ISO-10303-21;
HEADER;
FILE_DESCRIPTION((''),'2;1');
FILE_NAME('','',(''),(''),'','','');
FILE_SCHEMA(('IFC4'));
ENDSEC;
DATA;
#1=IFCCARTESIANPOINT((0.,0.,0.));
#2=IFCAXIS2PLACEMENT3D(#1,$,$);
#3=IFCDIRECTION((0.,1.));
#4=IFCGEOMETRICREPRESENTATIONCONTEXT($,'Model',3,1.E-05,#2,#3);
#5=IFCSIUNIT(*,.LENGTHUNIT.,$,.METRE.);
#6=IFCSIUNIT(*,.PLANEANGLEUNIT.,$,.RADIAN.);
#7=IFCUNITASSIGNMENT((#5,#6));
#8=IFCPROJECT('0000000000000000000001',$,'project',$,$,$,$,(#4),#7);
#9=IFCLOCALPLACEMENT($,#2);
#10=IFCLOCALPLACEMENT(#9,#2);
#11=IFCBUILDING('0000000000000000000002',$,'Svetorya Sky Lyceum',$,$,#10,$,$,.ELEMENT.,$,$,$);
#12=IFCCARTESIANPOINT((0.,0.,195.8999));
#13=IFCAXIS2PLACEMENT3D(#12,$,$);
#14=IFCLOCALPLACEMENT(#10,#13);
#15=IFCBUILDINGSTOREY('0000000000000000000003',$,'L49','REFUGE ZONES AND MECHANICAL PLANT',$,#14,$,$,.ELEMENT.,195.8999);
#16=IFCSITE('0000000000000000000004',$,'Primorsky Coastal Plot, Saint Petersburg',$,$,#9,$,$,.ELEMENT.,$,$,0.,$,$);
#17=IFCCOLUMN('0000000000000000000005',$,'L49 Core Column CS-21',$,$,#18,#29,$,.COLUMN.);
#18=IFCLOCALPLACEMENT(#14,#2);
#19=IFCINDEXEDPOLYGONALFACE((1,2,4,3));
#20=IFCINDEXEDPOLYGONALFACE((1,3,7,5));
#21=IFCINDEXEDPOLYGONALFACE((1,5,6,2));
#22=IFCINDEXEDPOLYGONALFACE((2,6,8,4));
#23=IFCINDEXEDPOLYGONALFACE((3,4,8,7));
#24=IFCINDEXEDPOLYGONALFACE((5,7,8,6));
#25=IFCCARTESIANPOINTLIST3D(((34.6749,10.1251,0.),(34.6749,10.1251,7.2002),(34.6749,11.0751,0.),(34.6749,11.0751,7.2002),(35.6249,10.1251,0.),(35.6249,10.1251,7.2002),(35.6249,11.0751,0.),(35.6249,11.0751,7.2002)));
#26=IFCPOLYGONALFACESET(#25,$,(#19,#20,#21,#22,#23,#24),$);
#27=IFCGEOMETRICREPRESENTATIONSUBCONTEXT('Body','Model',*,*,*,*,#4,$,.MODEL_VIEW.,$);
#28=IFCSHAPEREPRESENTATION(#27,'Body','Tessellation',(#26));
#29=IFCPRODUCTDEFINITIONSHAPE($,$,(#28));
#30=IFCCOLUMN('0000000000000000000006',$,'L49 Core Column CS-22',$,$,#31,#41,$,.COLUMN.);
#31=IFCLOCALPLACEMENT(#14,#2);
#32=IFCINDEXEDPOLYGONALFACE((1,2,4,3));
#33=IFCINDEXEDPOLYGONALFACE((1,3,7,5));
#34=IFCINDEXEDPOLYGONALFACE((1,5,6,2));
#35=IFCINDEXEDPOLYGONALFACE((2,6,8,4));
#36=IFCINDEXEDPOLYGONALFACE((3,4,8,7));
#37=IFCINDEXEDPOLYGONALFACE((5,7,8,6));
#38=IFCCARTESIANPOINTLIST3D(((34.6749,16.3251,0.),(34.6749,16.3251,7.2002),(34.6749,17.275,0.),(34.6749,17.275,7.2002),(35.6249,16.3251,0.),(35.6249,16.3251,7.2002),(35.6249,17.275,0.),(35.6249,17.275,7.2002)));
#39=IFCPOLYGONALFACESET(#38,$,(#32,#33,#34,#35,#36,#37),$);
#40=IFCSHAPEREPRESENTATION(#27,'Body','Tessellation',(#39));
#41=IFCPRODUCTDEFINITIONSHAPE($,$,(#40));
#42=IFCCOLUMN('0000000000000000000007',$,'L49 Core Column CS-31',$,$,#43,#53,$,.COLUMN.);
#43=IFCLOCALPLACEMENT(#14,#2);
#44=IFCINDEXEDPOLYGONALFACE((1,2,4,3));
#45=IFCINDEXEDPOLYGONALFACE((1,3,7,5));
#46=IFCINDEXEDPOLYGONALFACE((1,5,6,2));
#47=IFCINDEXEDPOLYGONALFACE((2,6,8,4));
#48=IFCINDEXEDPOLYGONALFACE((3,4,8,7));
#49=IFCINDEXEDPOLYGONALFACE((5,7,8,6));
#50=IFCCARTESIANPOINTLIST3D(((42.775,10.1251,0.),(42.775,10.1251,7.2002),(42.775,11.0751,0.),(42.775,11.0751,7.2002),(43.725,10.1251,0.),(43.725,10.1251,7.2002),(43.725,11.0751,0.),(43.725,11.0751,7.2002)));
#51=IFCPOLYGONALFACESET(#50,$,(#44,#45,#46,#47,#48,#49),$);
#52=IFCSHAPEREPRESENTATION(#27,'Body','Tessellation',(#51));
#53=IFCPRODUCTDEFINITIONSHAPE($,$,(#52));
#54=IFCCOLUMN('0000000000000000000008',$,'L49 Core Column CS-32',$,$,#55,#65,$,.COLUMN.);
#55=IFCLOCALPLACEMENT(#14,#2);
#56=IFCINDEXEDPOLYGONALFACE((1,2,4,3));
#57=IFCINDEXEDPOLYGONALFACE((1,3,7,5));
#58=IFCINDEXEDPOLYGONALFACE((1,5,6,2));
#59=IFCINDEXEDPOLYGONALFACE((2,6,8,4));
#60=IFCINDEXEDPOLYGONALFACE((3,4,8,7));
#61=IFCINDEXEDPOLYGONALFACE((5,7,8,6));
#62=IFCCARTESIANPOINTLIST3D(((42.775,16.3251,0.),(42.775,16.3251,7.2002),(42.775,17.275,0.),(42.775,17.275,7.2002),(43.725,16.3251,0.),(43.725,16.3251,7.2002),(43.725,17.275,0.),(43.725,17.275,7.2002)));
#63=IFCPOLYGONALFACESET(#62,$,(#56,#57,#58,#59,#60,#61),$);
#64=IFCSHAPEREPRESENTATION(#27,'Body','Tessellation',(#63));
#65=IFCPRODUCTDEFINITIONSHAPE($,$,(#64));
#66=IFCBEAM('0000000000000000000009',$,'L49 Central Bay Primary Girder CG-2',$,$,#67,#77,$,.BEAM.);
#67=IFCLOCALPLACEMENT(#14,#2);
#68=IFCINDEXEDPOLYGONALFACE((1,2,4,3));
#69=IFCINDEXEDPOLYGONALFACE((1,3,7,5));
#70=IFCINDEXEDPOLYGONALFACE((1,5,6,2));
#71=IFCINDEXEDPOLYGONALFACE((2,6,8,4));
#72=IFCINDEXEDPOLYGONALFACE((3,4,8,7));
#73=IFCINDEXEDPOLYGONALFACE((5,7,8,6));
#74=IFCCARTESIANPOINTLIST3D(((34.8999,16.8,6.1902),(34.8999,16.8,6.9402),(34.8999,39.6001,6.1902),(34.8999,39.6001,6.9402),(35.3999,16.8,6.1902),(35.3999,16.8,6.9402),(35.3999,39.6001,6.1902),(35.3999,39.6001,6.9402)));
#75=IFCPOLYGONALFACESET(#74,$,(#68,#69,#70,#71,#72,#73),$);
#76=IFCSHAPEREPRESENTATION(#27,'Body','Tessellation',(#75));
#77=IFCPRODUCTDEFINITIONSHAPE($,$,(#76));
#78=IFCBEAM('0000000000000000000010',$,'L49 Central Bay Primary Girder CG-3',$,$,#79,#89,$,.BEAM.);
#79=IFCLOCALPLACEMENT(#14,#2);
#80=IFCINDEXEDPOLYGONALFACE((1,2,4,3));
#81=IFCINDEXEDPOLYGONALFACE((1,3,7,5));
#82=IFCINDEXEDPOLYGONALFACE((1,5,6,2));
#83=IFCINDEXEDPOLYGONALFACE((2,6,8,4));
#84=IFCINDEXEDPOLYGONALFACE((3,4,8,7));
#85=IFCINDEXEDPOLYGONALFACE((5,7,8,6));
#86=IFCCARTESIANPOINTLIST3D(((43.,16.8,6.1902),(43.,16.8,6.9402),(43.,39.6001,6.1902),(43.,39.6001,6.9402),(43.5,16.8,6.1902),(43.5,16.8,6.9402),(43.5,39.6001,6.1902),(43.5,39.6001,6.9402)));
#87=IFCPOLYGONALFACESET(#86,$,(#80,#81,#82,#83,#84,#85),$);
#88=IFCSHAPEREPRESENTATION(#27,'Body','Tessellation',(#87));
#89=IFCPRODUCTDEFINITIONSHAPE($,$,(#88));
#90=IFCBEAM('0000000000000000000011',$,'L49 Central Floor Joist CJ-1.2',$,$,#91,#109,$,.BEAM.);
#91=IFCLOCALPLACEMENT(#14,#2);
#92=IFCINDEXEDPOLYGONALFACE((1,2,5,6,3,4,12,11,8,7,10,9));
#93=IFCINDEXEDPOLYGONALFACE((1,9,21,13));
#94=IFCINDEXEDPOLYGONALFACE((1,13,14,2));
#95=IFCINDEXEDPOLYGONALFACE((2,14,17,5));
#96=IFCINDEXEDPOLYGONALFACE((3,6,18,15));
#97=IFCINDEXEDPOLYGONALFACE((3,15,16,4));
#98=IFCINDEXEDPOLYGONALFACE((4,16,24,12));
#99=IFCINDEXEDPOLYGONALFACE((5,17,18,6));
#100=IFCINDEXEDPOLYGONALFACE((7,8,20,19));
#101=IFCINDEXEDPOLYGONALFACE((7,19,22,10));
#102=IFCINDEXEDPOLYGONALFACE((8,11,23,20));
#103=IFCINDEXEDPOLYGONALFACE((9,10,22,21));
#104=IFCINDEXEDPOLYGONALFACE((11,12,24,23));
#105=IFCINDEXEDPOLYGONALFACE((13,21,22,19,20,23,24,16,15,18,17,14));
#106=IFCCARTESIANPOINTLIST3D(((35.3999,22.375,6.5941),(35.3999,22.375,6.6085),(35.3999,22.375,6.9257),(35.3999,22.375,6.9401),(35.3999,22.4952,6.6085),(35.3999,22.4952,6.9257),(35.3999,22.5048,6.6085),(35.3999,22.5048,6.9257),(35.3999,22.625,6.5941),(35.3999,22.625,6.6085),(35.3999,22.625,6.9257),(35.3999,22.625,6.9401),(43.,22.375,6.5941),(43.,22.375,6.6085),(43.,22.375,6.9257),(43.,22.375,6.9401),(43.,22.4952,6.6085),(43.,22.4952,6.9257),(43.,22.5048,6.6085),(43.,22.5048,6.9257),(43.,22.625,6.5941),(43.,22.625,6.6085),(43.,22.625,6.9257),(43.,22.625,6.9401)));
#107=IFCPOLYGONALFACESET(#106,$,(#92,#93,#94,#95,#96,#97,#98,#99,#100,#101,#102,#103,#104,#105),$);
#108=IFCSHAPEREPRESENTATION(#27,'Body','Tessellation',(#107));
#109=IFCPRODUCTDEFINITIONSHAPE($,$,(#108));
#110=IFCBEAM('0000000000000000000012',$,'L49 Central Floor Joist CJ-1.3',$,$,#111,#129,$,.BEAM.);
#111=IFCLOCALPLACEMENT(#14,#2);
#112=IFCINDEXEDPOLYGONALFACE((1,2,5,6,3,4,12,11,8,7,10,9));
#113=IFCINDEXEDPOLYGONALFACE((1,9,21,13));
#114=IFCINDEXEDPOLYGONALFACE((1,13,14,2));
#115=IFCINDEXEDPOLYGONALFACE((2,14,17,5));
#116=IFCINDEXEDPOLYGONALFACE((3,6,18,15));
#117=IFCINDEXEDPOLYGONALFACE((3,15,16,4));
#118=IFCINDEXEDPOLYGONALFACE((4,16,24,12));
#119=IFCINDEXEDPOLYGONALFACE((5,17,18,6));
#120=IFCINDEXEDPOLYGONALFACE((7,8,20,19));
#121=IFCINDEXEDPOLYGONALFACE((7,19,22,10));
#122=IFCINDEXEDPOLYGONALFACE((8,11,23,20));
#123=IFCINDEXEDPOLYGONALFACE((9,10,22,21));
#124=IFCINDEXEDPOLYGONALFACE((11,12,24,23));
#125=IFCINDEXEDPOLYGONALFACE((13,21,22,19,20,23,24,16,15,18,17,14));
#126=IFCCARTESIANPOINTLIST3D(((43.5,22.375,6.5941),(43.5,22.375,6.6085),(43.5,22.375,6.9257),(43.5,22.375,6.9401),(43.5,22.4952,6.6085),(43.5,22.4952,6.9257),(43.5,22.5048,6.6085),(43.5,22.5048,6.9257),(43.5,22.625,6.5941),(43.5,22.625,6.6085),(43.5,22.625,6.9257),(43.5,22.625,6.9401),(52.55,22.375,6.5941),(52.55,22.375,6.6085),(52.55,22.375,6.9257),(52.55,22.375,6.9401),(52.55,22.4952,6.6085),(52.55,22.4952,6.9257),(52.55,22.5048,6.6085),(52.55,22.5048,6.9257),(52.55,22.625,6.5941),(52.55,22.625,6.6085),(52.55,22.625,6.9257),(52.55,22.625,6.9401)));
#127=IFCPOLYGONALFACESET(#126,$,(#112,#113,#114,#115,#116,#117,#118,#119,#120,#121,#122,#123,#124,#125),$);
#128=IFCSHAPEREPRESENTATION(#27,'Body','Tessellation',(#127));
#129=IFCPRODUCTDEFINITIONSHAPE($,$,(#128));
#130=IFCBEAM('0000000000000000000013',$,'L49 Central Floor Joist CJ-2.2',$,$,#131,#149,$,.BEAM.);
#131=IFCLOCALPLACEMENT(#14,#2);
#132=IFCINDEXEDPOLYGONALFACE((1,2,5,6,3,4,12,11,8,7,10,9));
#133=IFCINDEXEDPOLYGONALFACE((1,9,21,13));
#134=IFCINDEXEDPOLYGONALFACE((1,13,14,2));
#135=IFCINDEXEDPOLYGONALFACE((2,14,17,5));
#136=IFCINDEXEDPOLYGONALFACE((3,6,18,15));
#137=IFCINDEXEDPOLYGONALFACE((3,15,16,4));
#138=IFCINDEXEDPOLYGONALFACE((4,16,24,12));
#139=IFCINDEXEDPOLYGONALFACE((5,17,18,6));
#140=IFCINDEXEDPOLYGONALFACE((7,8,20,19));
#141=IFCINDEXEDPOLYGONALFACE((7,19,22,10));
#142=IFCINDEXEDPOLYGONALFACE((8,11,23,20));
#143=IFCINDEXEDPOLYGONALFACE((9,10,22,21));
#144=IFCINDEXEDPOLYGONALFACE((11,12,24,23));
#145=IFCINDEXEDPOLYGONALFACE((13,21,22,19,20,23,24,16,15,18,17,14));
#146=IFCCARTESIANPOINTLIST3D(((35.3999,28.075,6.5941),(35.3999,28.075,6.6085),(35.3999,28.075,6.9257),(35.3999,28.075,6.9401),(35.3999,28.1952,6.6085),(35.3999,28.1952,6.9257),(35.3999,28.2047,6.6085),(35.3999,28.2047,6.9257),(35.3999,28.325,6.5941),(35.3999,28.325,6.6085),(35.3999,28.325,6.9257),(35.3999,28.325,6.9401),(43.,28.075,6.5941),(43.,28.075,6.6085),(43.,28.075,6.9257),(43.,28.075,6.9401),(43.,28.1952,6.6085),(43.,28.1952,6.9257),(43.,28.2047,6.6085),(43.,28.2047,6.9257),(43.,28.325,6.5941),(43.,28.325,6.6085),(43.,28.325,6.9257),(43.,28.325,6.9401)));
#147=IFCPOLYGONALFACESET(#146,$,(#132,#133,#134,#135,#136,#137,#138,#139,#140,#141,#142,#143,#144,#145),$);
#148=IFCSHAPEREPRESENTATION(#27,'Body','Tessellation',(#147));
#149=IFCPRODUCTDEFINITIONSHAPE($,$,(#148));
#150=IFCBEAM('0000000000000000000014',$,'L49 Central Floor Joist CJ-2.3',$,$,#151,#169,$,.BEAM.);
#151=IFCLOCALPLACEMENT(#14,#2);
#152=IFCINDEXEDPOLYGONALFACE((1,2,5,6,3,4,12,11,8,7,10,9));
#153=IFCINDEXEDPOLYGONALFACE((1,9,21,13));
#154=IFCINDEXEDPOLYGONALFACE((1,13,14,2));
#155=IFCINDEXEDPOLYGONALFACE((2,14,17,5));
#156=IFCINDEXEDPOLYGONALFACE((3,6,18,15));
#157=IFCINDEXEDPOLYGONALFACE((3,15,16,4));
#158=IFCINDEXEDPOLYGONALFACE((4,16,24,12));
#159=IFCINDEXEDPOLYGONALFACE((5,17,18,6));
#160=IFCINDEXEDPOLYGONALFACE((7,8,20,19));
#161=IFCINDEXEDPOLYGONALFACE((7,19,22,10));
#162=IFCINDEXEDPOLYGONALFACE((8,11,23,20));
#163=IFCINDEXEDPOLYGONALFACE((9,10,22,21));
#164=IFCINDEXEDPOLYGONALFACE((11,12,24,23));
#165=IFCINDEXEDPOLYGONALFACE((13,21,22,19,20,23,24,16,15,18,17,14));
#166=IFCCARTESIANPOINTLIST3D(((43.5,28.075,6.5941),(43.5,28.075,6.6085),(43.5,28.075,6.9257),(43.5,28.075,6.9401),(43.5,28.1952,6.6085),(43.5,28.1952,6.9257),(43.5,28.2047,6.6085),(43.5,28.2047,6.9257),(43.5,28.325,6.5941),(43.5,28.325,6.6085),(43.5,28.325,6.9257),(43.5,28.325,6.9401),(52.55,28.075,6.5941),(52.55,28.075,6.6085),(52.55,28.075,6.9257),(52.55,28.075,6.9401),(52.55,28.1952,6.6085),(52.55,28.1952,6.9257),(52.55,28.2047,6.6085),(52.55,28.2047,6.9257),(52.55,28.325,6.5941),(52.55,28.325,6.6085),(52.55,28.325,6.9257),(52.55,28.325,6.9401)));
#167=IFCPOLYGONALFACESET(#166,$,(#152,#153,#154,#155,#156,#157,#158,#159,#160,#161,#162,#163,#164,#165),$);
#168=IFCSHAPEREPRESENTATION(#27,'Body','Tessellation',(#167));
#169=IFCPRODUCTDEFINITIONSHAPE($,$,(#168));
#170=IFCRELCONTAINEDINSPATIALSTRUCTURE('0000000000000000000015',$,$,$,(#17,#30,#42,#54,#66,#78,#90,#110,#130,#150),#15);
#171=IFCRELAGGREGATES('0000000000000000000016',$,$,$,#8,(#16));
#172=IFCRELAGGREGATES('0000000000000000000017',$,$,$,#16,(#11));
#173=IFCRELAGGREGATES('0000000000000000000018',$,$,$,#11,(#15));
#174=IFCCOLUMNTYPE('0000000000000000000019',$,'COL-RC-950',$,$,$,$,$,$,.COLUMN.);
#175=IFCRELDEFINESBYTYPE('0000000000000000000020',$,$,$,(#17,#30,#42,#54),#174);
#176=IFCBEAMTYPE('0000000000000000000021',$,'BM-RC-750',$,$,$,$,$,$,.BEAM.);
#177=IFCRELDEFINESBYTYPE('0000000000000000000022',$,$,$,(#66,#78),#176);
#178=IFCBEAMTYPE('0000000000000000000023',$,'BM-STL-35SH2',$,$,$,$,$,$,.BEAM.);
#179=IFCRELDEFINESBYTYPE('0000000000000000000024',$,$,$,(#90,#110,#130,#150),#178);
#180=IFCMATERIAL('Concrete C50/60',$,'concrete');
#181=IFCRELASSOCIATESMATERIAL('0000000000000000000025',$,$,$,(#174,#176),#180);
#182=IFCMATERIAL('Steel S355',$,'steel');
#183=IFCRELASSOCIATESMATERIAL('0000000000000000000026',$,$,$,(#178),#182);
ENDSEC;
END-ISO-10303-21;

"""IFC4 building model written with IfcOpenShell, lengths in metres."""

from ifc_helpers import new_model, si_unit, direction, frame, origin, origin_2d, place, context, subcontext, project, spatial, rectangle, i_section, extrude, material, material_profile, profile_set, type_object, element, save


model = new_model("IFC4")

# Units and contexts
model_context = context("Model", 3, precision=1e-05, world=origin(), true_north=direction((0.0, 1.0)))
body_context = subcontext(model_context, "Body", "Model", "MODEL_VIEW")
ifc_project = project(units=[si_unit("LENGTHUNIT", "METRE"), si_unit("PLANEANGLEUNIT", "RADIAN")], contexts=[model_context])

# Site, building, storey
site_placement = place(None, origin())
site = spatial("IfcSite", under=ifc_project, at=site_placement, Name="Primorsky Coastal Plot, Saint Petersburg", CompositionType="ELEMENT", RefElevation=0.0)
building_placement = place(site_placement, origin())
building = spatial("IfcBuilding", under=site, at=building_placement, Name="Svetorya Sky Lyceum", CompositionType="ELEMENT")
storey_placement = place(building_placement, frame((0.0, 0.0, 195.8999)))
storey = spatial("IfcBuildingStorey", under=building, at=storey_placement, Name="L49", Description="REFUGE ZONES AND MECHANICAL PLANT", CompositionType="ELEMENT", Elevation=195.8999)

# Columns
ifc_material_1 = material(Name="Concrete C50/60", Category="concrete")
ifc_material_profile_1 = material_profile(ifc_material_1, rectangle(XDim=0.95, YDim=0.95, at=origin_2d()), Name="RC COL 950x950")
ifc_profile_set_1 = profile_set([ifc_material_profile_1], Name="Concrete C50/60")
column_type = type_object("IfcColumnType", Name="COL-RC-950", PredefinedType="COLUMN", material=ifc_profile_set_1)
for number, where, z_axis, x_axis, name in (
    (1, (35.1499, 10.6001, 0.0), (0.0, 0.0, 1.0), (1.0, 0.0, 0.0), "L49 Core Column CS-21"),
    (2, (35.1499, 16.8, 0.0), (0.0, 0.0, 1.0), (1.0, 0.0, 0.0), "L49 Core Column CS-22"),
    (3, (43.25, 10.6001, 0.0), (0.0, 0.0, 1.0), (1.0, 0.0, 0.0), "L49 Core Column CS-31"),
    (4, (43.25, 16.8, 0.0), (0.0, 0.0, 1.0), (1.0, 0.0, 0.0), "L49 Core Column CS-32"),
):
    element("IfcColumn", number, at=place(storey_placement, frame(where, z_axis=z_axis, x_axis=x_axis)), inside=storey, type_object=column_type, Name=name, PredefinedType="COLUMN", context=body_context, shape_type="SweptSolid", body=[
        extrude(rectangle(XDim=0.95, YDim=0.95, at=origin_2d()), origin(), (0.0, 0.0, 1.0), 7.2002),
    ])

# Beams
ifc_material_profile_2 = material_profile(ifc_material_1, rectangle(XDim=0.5, YDim=0.75, at=origin_2d()), Name="RC BEAM 500x750")
ifc_profile_set_2 = profile_set([ifc_material_profile_2], Name="Concrete C50/60")
beam_type_1 = type_object("IfcBeamType", Name="BM-RC-750", PredefinedType="BEAM", material=ifc_profile_set_2)
for number, where, z_axis, x_axis, name in (
    (5, (35.1499, 16.8, 6.5652), (0.0, 1.0, 0.0), (-1.0, 0.0, 0.0), "L49 Central Bay Primary Girder CG-2"),
    (6, (43.25, 16.8, 6.5652), (0.0, 1.0, 0.0), (-1.0, 0.0, 0.0), "L49 Central Bay Primary Girder CG-3"),
):
    element("IfcBeam", number, at=place(storey_placement, frame(where, z_axis=z_axis, x_axis=x_axis)), inside=storey, type_object=beam_type_1, Name=name, PredefinedType="BEAM", context=body_context, shape_type="SweptSolid", body=[
        extrude(rectangle(XDim=0.5, YDim=0.75, at=origin_2d()), origin(), (0.0, 0.0, 1.0), 22.8),
    ])
ifc_material_2 = material(Name="Steel S355", Category="steel")
ifc_material_profile_3 = material_profile(ifc_material_2, i_section(OverallWidth=0.25, OverallDepth=0.3459, WebThickness=0.0095, FlangeThickness=0.0144, at=origin_2d()), Name="GOST 35Sh2")
ifc_profile_set_3 = profile_set([ifc_material_profile_3], Name="Steel S355")
beam_type_2 = type_object("IfcBeamType", Name="BM-STL-35SH2", PredefinedType="BEAM", material=ifc_profile_set_3)
beam_1_placement = place(storey_placement, frame((35.3999, 22.5, 6.7671), z_axis=(1.0, 0.0, 0.0), x_axis=(0.0, 1.0, 0.0)))
element("IfcBeam", 7, at=beam_1_placement, inside=storey, type_object=beam_type_2, Name="L49 Central Floor Joist CJ-1.2", PredefinedType="BEAM", context=body_context, shape_type="SweptSolid", body=[
    extrude(i_section(OverallWidth=0.25, OverallDepth=0.3459, WebThickness=0.0095, FlangeThickness=0.0144, at=origin_2d()), origin(), (0.0, 0.0, 1.0), 7.6001),
])
beam_2_placement = place(storey_placement, frame((43.5, 22.5, 6.7671), z_axis=(1.0, 0.0, 0.0), x_axis=(0.0, 1.0, 0.0)))
element("IfcBeam", 8, at=beam_2_placement, inside=storey, type_object=beam_type_2, Name="L49 Central Floor Joist CJ-1.3", PredefinedType="BEAM", context=body_context, shape_type="SweptSolid", body=[
    extrude(i_section(OverallWidth=0.25, OverallDepth=0.3459, WebThickness=0.0095, FlangeThickness=0.0144, at=origin_2d()), origin(), (0.0, 0.0, 1.0), 9.05),
])
beam_3_placement = place(storey_placement, frame((35.3999, 28.2, 6.7671), z_axis=(1.0, 0.0, 0.0), x_axis=(0.0, 1.0, 0.0)))
element("IfcBeam", 9, at=beam_3_placement, inside=storey, type_object=beam_type_2, Name="L49 Central Floor Joist CJ-2.2", PredefinedType="BEAM", context=body_context, shape_type="SweptSolid", body=[
    extrude(i_section(OverallWidth=0.25, OverallDepth=0.3459, WebThickness=0.0095, FlangeThickness=0.0144, at=origin_2d()), origin(), (0.0, 0.0, 1.0), 7.6001),
])
beam_4_placement = place(storey_placement, frame((43.5, 28.2, 6.7671), z_axis=(1.0, 0.0, 0.0), x_axis=(0.0, 1.0, 0.0)))
element("IfcBeam", 10, at=beam_4_placement, inside=storey, type_object=beam_type_2, Name="L49 Central Floor Joist CJ-2.3", PredefinedType="BEAM", context=body_context, shape_type="SweptSolid", body=[
    extrude(i_section(OverallWidth=0.25, OverallDepth=0.3459, WebThickness=0.0095, FlangeThickness=0.0144, at=origin_2d()), origin(), (0.0, 0.0, 1.0), 9.05),
])

save(model, "model.ifc")
